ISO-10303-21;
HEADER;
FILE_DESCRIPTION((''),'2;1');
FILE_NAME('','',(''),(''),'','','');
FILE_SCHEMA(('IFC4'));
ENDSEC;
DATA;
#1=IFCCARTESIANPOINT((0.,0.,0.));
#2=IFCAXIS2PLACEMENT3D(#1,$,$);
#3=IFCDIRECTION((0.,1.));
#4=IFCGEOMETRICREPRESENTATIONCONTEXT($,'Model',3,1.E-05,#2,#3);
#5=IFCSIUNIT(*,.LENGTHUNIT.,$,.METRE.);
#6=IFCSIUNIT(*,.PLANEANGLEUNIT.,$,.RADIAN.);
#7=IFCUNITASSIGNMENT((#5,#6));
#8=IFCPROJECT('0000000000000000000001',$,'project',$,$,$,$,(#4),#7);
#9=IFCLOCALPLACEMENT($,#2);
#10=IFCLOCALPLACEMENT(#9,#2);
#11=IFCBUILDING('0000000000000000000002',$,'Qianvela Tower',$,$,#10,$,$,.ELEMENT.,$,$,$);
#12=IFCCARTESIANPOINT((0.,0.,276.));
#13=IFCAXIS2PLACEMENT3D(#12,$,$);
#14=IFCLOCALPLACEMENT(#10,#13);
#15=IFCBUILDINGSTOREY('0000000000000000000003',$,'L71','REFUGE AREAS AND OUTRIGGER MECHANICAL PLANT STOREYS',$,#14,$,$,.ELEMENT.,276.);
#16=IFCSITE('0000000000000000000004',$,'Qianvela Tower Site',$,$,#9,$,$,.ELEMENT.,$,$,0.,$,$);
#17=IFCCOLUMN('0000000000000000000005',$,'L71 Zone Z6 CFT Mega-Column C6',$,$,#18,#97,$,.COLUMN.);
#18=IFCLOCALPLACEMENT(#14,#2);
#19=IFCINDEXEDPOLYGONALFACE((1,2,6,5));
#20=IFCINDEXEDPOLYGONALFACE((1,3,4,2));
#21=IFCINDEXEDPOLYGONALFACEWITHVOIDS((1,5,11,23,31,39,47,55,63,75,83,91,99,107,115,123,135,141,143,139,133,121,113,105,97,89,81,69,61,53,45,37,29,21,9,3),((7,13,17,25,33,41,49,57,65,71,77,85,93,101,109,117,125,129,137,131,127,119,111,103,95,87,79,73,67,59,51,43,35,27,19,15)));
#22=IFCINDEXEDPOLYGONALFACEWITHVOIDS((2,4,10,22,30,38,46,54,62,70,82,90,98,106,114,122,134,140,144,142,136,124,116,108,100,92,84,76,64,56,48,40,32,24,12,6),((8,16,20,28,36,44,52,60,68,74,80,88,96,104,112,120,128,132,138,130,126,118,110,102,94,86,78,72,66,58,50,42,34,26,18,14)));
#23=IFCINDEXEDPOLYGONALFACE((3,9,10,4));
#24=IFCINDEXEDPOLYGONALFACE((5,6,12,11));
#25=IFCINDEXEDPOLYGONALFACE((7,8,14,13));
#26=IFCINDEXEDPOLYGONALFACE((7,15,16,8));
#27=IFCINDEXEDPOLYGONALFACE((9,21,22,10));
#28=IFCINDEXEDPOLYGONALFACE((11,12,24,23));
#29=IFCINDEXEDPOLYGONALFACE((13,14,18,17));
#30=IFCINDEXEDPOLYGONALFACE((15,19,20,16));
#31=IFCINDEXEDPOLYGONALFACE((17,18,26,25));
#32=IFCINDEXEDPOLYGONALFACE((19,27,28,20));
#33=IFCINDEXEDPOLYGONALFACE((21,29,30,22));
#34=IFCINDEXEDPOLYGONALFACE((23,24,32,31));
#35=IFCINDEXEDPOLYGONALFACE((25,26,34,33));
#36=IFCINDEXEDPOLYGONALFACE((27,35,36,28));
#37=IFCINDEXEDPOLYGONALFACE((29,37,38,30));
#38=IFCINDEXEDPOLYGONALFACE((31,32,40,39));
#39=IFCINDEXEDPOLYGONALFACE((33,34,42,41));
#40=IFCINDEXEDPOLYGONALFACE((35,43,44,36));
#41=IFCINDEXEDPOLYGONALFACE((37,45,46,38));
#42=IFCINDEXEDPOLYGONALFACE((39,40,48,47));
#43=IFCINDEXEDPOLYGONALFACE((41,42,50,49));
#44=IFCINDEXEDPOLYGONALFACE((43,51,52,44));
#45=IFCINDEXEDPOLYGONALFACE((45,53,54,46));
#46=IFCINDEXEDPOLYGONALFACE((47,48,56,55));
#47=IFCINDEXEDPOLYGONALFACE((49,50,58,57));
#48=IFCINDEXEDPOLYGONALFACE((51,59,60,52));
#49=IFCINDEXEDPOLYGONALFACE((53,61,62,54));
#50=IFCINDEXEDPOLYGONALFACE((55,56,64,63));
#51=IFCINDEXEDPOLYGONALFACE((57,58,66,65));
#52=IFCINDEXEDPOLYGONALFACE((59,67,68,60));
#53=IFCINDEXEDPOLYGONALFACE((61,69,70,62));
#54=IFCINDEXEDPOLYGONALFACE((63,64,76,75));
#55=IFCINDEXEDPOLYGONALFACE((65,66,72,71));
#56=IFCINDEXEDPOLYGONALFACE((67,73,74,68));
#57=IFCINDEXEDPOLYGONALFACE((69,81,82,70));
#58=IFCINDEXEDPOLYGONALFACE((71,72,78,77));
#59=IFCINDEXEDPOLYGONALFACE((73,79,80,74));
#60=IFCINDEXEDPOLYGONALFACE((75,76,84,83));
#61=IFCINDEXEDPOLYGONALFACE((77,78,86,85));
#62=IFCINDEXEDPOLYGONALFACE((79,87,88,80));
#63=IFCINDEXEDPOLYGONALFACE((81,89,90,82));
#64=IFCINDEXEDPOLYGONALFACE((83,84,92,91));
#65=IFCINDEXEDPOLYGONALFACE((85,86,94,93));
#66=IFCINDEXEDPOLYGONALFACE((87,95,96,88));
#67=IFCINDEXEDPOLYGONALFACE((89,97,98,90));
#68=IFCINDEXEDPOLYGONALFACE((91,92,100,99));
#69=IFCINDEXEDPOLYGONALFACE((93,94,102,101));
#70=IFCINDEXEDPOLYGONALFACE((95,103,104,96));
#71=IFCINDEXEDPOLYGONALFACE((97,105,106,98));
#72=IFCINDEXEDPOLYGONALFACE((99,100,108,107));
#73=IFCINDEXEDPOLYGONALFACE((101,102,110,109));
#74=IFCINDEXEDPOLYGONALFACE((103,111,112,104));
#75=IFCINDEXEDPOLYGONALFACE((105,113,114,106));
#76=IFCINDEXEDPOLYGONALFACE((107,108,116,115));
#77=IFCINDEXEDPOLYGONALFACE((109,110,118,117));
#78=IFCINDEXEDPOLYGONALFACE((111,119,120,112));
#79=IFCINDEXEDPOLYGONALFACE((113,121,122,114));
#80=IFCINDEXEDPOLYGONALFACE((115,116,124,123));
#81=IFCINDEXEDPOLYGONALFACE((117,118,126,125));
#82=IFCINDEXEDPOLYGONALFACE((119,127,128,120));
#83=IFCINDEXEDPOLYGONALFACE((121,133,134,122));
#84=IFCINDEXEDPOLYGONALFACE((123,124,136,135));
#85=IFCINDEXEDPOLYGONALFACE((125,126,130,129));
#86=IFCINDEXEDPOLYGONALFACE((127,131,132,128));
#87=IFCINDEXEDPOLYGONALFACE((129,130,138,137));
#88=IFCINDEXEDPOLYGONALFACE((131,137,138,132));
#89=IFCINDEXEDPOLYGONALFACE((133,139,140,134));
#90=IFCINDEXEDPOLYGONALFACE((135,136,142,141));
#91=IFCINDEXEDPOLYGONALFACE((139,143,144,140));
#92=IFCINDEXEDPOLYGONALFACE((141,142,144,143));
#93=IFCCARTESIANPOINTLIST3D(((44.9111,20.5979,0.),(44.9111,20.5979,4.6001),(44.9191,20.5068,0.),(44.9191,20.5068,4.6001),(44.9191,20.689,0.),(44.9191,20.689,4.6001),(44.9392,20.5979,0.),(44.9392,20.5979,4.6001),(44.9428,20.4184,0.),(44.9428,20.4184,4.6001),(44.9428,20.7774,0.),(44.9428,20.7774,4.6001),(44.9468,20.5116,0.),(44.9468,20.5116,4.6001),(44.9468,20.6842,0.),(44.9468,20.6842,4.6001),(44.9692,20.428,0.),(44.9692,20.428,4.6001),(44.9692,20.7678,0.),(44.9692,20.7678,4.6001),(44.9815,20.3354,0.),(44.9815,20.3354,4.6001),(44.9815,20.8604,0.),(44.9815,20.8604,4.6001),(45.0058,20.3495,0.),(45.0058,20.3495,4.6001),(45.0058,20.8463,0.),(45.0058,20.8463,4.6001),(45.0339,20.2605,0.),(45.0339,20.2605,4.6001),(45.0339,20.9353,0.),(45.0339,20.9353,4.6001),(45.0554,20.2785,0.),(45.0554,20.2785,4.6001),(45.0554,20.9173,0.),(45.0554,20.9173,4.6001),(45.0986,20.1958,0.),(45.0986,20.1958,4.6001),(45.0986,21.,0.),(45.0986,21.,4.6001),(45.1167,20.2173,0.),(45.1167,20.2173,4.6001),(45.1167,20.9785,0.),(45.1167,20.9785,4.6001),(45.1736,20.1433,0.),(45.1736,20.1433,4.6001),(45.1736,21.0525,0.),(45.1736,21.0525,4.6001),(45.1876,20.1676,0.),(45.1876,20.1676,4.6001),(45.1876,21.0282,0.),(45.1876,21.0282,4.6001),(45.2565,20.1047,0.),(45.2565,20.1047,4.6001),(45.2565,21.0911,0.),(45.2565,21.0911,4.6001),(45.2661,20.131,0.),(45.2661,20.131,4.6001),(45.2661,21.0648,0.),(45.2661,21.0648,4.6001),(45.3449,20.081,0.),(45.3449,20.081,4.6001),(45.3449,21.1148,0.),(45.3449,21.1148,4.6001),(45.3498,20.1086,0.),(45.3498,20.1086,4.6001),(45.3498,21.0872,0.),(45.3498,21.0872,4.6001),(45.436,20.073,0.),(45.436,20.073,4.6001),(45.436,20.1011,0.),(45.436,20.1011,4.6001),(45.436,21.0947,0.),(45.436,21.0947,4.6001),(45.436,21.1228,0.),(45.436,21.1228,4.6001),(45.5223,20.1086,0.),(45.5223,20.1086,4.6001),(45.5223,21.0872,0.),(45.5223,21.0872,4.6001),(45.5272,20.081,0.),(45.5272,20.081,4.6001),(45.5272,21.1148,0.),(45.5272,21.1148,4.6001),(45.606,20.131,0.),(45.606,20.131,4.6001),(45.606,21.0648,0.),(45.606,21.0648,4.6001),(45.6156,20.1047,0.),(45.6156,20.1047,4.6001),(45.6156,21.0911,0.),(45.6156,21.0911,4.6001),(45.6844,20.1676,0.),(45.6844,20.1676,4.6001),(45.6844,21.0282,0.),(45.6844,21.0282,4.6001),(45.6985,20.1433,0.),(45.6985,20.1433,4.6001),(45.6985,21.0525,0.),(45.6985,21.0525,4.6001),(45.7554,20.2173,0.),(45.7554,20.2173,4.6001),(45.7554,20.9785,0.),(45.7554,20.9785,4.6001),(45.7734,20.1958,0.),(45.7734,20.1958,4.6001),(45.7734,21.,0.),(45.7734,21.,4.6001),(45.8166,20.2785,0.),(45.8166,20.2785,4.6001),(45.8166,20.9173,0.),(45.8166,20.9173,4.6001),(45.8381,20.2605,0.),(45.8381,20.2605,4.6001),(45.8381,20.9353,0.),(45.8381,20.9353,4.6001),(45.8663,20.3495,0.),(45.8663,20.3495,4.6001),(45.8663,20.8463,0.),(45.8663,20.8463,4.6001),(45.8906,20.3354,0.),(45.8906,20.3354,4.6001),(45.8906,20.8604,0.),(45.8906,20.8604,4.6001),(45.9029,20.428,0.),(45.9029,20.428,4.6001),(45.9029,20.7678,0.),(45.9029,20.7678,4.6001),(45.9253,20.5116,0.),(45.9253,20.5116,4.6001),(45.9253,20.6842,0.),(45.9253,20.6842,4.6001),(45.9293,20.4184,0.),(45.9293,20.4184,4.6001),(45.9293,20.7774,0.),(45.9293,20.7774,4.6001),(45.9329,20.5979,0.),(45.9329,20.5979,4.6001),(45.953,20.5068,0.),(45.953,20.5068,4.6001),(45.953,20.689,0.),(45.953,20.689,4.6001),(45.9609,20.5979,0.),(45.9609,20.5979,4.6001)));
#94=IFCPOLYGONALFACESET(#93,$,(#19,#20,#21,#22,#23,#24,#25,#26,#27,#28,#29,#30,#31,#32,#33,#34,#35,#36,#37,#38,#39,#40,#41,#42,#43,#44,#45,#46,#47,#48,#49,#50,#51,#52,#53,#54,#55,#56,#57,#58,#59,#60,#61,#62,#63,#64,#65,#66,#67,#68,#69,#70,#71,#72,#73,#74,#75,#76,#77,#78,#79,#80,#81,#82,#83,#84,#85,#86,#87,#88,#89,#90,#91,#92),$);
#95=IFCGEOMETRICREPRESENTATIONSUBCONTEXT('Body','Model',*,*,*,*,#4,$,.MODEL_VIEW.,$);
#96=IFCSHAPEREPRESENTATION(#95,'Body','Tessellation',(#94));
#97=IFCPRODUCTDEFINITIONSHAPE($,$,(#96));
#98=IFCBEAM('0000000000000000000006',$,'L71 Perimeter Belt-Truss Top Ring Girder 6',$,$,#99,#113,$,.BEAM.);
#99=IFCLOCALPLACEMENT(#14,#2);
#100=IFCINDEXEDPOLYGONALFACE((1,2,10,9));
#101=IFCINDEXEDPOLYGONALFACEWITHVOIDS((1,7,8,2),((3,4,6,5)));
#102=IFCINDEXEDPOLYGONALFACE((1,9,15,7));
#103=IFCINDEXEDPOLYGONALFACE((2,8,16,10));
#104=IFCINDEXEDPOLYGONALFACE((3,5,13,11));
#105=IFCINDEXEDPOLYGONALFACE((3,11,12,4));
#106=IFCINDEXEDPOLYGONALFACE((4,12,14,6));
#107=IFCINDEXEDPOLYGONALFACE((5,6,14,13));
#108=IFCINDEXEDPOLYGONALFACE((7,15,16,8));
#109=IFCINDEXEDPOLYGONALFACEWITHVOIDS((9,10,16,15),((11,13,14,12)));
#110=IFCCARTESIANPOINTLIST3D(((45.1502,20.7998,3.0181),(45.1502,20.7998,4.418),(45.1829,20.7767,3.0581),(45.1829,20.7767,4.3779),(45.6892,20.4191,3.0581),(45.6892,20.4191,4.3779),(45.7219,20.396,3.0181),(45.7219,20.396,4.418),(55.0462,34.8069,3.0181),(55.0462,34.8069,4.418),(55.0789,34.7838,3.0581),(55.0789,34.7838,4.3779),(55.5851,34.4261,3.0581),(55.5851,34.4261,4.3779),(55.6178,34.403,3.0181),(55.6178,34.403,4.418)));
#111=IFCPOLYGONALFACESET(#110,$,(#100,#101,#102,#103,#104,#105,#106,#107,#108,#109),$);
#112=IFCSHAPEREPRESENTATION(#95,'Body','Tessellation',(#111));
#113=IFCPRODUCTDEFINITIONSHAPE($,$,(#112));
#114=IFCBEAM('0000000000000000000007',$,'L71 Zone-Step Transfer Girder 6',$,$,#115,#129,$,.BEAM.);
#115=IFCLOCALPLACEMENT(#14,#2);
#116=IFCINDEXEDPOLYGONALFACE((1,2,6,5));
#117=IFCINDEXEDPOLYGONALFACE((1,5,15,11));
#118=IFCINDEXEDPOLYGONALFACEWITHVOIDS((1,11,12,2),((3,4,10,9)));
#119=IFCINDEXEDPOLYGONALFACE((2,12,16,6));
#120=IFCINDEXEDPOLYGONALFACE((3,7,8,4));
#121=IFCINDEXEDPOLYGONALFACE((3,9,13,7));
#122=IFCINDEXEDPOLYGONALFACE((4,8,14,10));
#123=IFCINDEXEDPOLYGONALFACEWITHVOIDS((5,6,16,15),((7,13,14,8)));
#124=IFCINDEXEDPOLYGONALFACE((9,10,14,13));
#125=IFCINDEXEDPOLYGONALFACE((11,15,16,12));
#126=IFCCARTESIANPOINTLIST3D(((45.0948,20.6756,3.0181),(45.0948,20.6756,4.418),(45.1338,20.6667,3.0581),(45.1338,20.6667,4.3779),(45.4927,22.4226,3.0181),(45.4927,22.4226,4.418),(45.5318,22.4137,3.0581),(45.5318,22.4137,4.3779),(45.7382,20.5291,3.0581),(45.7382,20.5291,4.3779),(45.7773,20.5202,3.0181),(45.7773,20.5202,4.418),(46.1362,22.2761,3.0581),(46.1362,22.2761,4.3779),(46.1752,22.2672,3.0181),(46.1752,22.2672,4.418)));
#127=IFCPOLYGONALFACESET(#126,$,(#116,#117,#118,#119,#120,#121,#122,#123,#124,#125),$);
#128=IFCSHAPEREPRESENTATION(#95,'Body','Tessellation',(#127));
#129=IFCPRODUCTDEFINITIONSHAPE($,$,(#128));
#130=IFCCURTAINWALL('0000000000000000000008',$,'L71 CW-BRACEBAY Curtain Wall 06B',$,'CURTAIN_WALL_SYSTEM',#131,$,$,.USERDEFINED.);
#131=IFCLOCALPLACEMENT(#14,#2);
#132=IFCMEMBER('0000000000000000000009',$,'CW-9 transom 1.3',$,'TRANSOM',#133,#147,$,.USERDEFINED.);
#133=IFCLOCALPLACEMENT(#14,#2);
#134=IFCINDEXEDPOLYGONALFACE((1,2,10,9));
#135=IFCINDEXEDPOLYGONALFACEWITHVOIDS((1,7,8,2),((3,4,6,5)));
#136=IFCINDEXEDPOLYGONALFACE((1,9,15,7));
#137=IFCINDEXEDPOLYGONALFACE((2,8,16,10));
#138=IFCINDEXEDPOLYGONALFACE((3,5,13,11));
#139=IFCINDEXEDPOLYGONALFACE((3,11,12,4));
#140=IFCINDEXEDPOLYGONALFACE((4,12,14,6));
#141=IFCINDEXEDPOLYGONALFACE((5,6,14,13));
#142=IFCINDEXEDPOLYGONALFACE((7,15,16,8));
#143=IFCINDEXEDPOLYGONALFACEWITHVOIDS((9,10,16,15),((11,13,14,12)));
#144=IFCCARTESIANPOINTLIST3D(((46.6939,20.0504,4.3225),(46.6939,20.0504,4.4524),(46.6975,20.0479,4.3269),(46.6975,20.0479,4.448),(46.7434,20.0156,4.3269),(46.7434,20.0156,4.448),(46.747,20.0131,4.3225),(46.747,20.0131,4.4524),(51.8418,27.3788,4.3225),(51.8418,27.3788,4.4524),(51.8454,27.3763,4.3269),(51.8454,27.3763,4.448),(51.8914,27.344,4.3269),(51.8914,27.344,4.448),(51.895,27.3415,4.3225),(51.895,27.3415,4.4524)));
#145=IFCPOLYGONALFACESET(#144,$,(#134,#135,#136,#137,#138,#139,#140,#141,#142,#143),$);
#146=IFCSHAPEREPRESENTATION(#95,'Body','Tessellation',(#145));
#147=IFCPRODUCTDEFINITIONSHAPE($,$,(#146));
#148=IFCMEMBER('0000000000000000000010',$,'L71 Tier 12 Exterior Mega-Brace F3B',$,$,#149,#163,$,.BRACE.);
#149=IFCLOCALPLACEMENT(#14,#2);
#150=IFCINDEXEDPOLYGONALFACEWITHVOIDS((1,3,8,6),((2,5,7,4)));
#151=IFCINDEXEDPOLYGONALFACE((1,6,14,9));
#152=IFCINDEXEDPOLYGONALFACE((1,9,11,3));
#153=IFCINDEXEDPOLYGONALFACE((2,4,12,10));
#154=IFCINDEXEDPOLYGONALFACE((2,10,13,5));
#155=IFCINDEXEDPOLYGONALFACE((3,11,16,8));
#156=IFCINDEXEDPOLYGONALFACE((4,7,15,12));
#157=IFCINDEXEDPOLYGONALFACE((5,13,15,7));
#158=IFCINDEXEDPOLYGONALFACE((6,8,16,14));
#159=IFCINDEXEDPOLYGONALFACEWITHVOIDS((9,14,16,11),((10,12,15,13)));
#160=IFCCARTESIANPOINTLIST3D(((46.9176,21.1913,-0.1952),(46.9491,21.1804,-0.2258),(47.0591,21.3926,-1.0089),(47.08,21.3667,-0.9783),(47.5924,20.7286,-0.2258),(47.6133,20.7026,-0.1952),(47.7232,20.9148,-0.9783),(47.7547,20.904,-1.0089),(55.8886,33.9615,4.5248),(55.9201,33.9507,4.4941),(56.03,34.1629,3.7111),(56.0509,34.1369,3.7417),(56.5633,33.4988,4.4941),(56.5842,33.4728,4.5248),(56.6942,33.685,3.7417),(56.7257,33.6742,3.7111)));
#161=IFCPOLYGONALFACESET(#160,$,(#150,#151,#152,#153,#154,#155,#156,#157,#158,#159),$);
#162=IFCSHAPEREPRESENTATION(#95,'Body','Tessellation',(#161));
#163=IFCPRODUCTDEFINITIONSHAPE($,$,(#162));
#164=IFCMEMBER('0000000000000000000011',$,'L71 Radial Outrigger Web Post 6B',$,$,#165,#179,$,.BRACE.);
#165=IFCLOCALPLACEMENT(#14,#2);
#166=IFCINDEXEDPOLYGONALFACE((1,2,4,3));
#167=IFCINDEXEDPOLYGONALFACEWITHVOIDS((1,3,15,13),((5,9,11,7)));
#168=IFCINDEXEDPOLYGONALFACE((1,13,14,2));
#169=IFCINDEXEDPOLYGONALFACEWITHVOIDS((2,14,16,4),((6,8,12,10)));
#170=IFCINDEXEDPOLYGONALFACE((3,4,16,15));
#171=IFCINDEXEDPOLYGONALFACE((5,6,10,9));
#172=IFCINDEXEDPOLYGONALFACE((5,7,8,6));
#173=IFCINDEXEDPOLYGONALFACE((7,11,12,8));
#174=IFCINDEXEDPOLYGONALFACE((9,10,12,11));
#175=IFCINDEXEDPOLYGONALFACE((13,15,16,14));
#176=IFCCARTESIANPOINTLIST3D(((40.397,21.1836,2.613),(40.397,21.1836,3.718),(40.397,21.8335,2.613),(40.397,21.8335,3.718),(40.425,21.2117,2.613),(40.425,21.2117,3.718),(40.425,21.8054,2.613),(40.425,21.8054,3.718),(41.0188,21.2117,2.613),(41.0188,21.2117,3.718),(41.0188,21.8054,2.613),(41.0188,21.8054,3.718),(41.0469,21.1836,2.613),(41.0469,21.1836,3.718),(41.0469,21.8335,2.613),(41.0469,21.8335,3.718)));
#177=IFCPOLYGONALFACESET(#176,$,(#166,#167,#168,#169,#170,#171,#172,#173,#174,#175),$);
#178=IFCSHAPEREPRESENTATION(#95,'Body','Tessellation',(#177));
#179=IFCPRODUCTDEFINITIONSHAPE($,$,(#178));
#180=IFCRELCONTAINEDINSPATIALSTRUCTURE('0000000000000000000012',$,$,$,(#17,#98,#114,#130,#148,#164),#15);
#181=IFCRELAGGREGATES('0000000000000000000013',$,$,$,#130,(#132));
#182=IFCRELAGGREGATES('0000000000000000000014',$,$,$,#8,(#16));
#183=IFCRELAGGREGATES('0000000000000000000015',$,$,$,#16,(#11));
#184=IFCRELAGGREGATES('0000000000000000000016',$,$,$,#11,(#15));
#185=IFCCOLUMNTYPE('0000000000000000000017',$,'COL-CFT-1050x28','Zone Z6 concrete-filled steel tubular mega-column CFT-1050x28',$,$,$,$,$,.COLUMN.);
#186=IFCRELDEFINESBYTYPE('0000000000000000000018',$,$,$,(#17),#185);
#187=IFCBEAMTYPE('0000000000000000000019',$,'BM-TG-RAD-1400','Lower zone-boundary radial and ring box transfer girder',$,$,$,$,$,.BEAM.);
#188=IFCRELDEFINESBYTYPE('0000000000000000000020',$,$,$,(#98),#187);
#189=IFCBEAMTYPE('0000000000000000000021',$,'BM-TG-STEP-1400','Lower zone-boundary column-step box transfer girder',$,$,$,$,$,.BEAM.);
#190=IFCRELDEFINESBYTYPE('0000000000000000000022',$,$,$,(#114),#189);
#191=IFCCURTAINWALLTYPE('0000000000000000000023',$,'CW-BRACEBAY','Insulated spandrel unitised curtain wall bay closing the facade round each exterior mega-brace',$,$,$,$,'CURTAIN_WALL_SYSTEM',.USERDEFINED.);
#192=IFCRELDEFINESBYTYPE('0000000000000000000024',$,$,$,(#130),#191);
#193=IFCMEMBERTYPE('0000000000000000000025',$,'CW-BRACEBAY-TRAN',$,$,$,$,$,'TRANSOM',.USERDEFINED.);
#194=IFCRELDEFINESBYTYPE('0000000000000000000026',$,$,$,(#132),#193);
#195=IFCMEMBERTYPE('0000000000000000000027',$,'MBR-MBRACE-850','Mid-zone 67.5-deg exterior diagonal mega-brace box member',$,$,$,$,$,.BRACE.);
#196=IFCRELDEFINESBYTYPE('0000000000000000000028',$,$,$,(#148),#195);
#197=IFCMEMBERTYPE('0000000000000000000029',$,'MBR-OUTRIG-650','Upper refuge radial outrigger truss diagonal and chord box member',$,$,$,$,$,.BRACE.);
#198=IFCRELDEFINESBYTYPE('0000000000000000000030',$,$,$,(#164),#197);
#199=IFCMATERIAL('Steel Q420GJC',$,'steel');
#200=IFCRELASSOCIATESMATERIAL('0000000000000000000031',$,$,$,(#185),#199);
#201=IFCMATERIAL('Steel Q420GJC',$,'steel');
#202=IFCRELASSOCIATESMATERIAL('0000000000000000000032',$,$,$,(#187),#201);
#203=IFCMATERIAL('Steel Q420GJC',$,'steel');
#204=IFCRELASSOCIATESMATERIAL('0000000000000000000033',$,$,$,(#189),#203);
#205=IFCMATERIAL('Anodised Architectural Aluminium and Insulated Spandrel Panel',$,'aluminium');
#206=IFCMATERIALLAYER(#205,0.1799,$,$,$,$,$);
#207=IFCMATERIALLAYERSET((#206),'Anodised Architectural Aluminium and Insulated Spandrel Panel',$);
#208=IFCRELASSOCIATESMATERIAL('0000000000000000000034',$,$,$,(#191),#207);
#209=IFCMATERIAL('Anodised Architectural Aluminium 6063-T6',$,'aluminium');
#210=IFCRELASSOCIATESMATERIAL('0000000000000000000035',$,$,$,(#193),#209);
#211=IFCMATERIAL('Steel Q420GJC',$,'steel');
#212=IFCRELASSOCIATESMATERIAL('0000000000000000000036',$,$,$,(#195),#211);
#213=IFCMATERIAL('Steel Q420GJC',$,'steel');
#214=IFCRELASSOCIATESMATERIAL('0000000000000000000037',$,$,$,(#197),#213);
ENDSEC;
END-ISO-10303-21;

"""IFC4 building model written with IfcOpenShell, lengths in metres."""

from ifc_helpers import new_model, si_unit, direction, frame, origin, origin_2d, place, context, subcontext, project, spatial, hollow_rectangle, hollow_circle, extrude, material, layer, layer_set, material_profile, profile_set, type_object, element, aggregate, save


model = new_model("IFC4")

# Units and contexts
model_context = context("Model", 3, precision=1e-05, world=origin(), true_north=direction((0.0, 1.0)))
body_context = subcontext(model_context, "Body", "Model", "MODEL_VIEW")
ifc_project = project(units=[si_unit("LENGTHUNIT", "METRE"), si_unit("PLANEANGLEUNIT", "RADIAN")], contexts=[model_context])

# Site, building, storey
site_placement = place(None, origin())
site = spatial("IfcSite", under=ifc_project, at=site_placement, Name="Qianvela Tower Site", CompositionType="ELEMENT", RefElevation=0.0)
building_placement = place(site_placement, origin())
building = spatial("IfcBuilding", under=site, at=building_placement, Name="Qianvela Tower", CompositionType="ELEMENT")
storey_placement = place(building_placement, frame((0.0, 0.0, 276.0)))
storey = spatial("IfcBuildingStorey", under=building, at=storey_placement, Name="L71", Description="REFUGE AREAS AND OUTRIGGER MECHANICAL PLANT STOREYS", CompositionType="ELEMENT", Elevation=276.0)

# Column
ifc_material_1 = material(Name="Steel Q420GJC", Category="steel")
ifc_material_profile_1 = material_profile(ifc_material_1, hollow_circle(Radius=0.5249, WallThickness=0.0281, at=origin_2d()), Name="CFT-1050x28")
ifc_profile_set_1 = profile_set([ifc_material_profile_1], Name="Steel Q420GJC")
column_type = type_object("IfcColumnType", Name="COL-CFT-1050x28", Description="Zone Z6 concrete-filled steel tubular mega-column CFT-1050x28", PredefinedType="COLUMN", material=ifc_profile_set_1)
column_placement = place(storey_placement, frame((45.436, 20.5979, 0.0), z_axis=(0.0, 0.0, 1.0), x_axis=(1.0, 0.0, 0.0)))
element("IfcColumn", 1, at=column_placement, inside=storey, type_object=column_type, Name="L71 Zone Z6 CFT Mega-Column C6", PredefinedType="COLUMN", context=body_context, shape_type="SweptSolid", body=[
    extrude(hollow_circle(Radius=0.5249, WallThickness=0.0281, at=origin_2d()), origin(), (0.0, 0.0, 1.0), 4.6001),
])

# Beams
ifc_material_2 = material(Name="Steel Q420GJC", Category="steel")
ifc_material_profile_2 = material_profile(ifc_material_2, hollow_rectangle(XDim=0.7, YDim=1.3999, WallThickness=0.04, at=origin_2d()), Name="TG-BOX-1400x700x40")
ifc_profile_set_2 = profile_set([ifc_material_profile_2], Name="Steel Q420GJC")
beam_type_1 = type_object("IfcBeamType", Name="BM-TG-RAD-1400", Description="Lower zone-boundary radial and ring box transfer girder", PredefinedType="BEAM", material=ifc_profile_set_2)
beam_1_placement = place(storey_placement, frame((45.436, 20.5979, 3.718), z_axis=(0.57702, 0.81673, 0.0), x_axis=(-0.81673, 0.57702, 0.0)))
element("IfcBeam", 2, at=beam_1_placement, inside=storey, type_object=beam_type_1, Name="L71 Perimeter Belt-Truss Top Ring Girder 6", PredefinedType="BEAM", context=body_context, shape_type="SweptSolid", body=[
    extrude(hollow_rectangle(XDim=0.7, YDim=1.3999, WallThickness=0.04, at=origin_2d()), origin(), (0.0, 0.0, 1.0), 17.1501),
])
ifc_material_3 = material(Name="Steel Q420GJC", Category="steel")
ifc_material_profile_3 = material_profile(ifc_material_3, hollow_rectangle(XDim=0.7, YDim=1.3999, WallThickness=0.04, at=origin_2d()), Name="TG-BOX-1400x700x40")
ifc_profile_set_3 = profile_set([ifc_material_profile_3], Name="Steel Q420GJC")
beam_type_2 = type_object("IfcBeamType", Name="BM-TG-STEP-1400", Description="Lower zone-boundary column-step box transfer girder", PredefinedType="BEAM", material=ifc_profile_set_3)
beam_2_placement = place(storey_placement, frame((45.436, 20.5979, 3.718), z_axis=(0.222092, 0.975026, 0.0), x_axis=(-0.975026, 0.222092, 0.0)))
element("IfcBeam", 3, at=beam_2_placement, inside=storey, type_object=beam_type_2, Name="L71 Zone-Step Transfer Girder 6", PredefinedType="BEAM", context=body_context, shape_type="SweptSolid", body=[
    extrude(hollow_rectangle(XDim=0.7, YDim=1.3999, WallThickness=0.04, at=origin_2d()), origin(), (0.0, 0.0, 1.0), 1.7917),
])

# Curtain wall, member
ifc_material_4 = material(Name="Anodised Architectural Aluminium and Insulated Spandrel Panel", Category="aluminium")
ifc_layer_1 = layer(ifc_material_4, 0.1799)
ifc_layer_set_1 = layer_set([ifc_layer_1], Name="Anodised Architectural Aluminium and Insulated Spandrel Panel")
curtain_wall_type = type_object("IfcCurtainWallType", Name="CW-BRACEBAY", Description="Insulated spandrel unitised curtain wall bay closing the facade round each exterior mega-brace", ElementType="CURTAIN_WALL_SYSTEM", PredefinedType="USERDEFINED", material=ifc_layer_set_1)
curtain_wall_placement = place(storey_placement, origin())
curtain_wall = element("IfcCurtainWall", 4, at=curtain_wall_placement, inside=storey, type_object=curtain_wall_type, Name="L71 CW-BRACEBAY Curtain Wall 06B", ObjectType="CURTAIN_WALL_SYSTEM", PredefinedType="USERDEFINED")
ifc_material_5 = material(Name="Anodised Architectural Aluminium 6063-T6", Category="aluminium")
ifc_material_profile_4 = material_profile(ifc_material_5, hollow_rectangle(XDim=0.0649, YDim=0.1299, WallThickness=0.0044, at=origin_2d()), Name="ALU-TRAN-65x130")
ifc_profile_set_4 = profile_set([ifc_material_profile_4], Name="Anodised Architectural Aluminium 6063-T6")
member_type_1 = type_object("IfcMemberType", Name="CW-BRACEBAY-TRAN", ElementType="TRANSOM", PredefinedType="USERDEFINED", material=ifc_profile_set_4)
member_1_placement = place(storey_placement, frame((46.7205, 20.0317, 4.3875), z_axis=(0.574817, 0.818282, 0.0), x_axis=(-0.818282, 0.574817, 0.0)))
member_1 = element("IfcMember", 5, at=member_1_placement, type_object=member_type_1, Name="CW-9 transom 1.3", ObjectType="TRANSOM", PredefinedType="USERDEFINED", context=body_context, shape_type="SweptSolid", body=[
    extrude(hollow_rectangle(XDim=0.0649, YDim=0.1299, WallThickness=0.0044, at=origin_2d()), origin(), (0.0, 0.0, 1.0), 8.9558),
])

# Members
ifc_material_6 = material(Name="Steel Q420GJC", Category="steel")
ifc_material_profile_5 = material_profile(ifc_material_6, hollow_rectangle(XDim=0.8501, YDim=0.8501, WallThickness=0.032, at=origin_2d()), Name="MBOX-850x850x32")
ifc_profile_set_5 = profile_set([ifc_material_profile_5], Name="Steel Q420GJC")
member_type_2 = type_object("IfcMemberType", Name="MBR-MBRACE-850", Description="Mid-zone 67.5-deg exterior diagonal mega-brace box member", PredefinedType="BRACE", material=ifc_profile_set_5)
member_2_placement = place(storey_placement, frame((47.3362, 21.0476, -0.6021), z_axis=(0.550214, 0.783237, 0.289489), x_axis=(-0.818275, 0.574827, 0.0)))
element("IfcMember", 6, at=member_2_placement, inside=storey, type_object=member_type_2, Name="L71 Tier 12 Exterior Mega-Brace F3B", PredefinedType="BRACE", context=body_context, shape_type="SweptSolid", body=[
    extrude(hollow_rectangle(XDim=0.8501, YDim=0.8501, WallThickness=0.032, at=origin_2d()), origin(), (0.0, 0.0, 1.0), 16.3044),
])
ifc_material_7 = material(Name="Steel Q420GJC", Category="steel")
ifc_material_profile_6 = material_profile(ifc_material_7, hollow_rectangle(XDim=0.6499, YDim=0.6499, WallThickness=0.0281, at=origin_2d()), Name="OBOX-650x650x28")
ifc_profile_set_6 = profile_set([ifc_material_profile_6], Name="Steel Q420GJC")
member_type_3 = type_object("IfcMemberType", Name="MBR-OUTRIG-650", Description="Upper refuge radial outrigger truss diagonal and chord box member", PredefinedType="BRACE", material=ifc_profile_set_6)
member_3_placement = place(storey_placement, frame((40.7219, 21.5085, 2.613), z_axis=(0.0, 0.0, 1.0), x_axis=(1.0, 0.0, 0.0)))
element("IfcMember", 7, at=member_3_placement, inside=storey, type_object=member_type_3, Name="L71 Radial Outrigger Web Post 6B", PredefinedType="BRACE", context=body_context, shape_type="SweptSolid", body=[
    extrude(hollow_rectangle(XDim=0.6499, YDim=0.6499, WallThickness=0.0281, at=origin_2d()), origin(), (0.0, 0.0, 1.0), 1.105),
])

aggregate(curtain_wall, [member_1])

save(model, "model.ifc")
